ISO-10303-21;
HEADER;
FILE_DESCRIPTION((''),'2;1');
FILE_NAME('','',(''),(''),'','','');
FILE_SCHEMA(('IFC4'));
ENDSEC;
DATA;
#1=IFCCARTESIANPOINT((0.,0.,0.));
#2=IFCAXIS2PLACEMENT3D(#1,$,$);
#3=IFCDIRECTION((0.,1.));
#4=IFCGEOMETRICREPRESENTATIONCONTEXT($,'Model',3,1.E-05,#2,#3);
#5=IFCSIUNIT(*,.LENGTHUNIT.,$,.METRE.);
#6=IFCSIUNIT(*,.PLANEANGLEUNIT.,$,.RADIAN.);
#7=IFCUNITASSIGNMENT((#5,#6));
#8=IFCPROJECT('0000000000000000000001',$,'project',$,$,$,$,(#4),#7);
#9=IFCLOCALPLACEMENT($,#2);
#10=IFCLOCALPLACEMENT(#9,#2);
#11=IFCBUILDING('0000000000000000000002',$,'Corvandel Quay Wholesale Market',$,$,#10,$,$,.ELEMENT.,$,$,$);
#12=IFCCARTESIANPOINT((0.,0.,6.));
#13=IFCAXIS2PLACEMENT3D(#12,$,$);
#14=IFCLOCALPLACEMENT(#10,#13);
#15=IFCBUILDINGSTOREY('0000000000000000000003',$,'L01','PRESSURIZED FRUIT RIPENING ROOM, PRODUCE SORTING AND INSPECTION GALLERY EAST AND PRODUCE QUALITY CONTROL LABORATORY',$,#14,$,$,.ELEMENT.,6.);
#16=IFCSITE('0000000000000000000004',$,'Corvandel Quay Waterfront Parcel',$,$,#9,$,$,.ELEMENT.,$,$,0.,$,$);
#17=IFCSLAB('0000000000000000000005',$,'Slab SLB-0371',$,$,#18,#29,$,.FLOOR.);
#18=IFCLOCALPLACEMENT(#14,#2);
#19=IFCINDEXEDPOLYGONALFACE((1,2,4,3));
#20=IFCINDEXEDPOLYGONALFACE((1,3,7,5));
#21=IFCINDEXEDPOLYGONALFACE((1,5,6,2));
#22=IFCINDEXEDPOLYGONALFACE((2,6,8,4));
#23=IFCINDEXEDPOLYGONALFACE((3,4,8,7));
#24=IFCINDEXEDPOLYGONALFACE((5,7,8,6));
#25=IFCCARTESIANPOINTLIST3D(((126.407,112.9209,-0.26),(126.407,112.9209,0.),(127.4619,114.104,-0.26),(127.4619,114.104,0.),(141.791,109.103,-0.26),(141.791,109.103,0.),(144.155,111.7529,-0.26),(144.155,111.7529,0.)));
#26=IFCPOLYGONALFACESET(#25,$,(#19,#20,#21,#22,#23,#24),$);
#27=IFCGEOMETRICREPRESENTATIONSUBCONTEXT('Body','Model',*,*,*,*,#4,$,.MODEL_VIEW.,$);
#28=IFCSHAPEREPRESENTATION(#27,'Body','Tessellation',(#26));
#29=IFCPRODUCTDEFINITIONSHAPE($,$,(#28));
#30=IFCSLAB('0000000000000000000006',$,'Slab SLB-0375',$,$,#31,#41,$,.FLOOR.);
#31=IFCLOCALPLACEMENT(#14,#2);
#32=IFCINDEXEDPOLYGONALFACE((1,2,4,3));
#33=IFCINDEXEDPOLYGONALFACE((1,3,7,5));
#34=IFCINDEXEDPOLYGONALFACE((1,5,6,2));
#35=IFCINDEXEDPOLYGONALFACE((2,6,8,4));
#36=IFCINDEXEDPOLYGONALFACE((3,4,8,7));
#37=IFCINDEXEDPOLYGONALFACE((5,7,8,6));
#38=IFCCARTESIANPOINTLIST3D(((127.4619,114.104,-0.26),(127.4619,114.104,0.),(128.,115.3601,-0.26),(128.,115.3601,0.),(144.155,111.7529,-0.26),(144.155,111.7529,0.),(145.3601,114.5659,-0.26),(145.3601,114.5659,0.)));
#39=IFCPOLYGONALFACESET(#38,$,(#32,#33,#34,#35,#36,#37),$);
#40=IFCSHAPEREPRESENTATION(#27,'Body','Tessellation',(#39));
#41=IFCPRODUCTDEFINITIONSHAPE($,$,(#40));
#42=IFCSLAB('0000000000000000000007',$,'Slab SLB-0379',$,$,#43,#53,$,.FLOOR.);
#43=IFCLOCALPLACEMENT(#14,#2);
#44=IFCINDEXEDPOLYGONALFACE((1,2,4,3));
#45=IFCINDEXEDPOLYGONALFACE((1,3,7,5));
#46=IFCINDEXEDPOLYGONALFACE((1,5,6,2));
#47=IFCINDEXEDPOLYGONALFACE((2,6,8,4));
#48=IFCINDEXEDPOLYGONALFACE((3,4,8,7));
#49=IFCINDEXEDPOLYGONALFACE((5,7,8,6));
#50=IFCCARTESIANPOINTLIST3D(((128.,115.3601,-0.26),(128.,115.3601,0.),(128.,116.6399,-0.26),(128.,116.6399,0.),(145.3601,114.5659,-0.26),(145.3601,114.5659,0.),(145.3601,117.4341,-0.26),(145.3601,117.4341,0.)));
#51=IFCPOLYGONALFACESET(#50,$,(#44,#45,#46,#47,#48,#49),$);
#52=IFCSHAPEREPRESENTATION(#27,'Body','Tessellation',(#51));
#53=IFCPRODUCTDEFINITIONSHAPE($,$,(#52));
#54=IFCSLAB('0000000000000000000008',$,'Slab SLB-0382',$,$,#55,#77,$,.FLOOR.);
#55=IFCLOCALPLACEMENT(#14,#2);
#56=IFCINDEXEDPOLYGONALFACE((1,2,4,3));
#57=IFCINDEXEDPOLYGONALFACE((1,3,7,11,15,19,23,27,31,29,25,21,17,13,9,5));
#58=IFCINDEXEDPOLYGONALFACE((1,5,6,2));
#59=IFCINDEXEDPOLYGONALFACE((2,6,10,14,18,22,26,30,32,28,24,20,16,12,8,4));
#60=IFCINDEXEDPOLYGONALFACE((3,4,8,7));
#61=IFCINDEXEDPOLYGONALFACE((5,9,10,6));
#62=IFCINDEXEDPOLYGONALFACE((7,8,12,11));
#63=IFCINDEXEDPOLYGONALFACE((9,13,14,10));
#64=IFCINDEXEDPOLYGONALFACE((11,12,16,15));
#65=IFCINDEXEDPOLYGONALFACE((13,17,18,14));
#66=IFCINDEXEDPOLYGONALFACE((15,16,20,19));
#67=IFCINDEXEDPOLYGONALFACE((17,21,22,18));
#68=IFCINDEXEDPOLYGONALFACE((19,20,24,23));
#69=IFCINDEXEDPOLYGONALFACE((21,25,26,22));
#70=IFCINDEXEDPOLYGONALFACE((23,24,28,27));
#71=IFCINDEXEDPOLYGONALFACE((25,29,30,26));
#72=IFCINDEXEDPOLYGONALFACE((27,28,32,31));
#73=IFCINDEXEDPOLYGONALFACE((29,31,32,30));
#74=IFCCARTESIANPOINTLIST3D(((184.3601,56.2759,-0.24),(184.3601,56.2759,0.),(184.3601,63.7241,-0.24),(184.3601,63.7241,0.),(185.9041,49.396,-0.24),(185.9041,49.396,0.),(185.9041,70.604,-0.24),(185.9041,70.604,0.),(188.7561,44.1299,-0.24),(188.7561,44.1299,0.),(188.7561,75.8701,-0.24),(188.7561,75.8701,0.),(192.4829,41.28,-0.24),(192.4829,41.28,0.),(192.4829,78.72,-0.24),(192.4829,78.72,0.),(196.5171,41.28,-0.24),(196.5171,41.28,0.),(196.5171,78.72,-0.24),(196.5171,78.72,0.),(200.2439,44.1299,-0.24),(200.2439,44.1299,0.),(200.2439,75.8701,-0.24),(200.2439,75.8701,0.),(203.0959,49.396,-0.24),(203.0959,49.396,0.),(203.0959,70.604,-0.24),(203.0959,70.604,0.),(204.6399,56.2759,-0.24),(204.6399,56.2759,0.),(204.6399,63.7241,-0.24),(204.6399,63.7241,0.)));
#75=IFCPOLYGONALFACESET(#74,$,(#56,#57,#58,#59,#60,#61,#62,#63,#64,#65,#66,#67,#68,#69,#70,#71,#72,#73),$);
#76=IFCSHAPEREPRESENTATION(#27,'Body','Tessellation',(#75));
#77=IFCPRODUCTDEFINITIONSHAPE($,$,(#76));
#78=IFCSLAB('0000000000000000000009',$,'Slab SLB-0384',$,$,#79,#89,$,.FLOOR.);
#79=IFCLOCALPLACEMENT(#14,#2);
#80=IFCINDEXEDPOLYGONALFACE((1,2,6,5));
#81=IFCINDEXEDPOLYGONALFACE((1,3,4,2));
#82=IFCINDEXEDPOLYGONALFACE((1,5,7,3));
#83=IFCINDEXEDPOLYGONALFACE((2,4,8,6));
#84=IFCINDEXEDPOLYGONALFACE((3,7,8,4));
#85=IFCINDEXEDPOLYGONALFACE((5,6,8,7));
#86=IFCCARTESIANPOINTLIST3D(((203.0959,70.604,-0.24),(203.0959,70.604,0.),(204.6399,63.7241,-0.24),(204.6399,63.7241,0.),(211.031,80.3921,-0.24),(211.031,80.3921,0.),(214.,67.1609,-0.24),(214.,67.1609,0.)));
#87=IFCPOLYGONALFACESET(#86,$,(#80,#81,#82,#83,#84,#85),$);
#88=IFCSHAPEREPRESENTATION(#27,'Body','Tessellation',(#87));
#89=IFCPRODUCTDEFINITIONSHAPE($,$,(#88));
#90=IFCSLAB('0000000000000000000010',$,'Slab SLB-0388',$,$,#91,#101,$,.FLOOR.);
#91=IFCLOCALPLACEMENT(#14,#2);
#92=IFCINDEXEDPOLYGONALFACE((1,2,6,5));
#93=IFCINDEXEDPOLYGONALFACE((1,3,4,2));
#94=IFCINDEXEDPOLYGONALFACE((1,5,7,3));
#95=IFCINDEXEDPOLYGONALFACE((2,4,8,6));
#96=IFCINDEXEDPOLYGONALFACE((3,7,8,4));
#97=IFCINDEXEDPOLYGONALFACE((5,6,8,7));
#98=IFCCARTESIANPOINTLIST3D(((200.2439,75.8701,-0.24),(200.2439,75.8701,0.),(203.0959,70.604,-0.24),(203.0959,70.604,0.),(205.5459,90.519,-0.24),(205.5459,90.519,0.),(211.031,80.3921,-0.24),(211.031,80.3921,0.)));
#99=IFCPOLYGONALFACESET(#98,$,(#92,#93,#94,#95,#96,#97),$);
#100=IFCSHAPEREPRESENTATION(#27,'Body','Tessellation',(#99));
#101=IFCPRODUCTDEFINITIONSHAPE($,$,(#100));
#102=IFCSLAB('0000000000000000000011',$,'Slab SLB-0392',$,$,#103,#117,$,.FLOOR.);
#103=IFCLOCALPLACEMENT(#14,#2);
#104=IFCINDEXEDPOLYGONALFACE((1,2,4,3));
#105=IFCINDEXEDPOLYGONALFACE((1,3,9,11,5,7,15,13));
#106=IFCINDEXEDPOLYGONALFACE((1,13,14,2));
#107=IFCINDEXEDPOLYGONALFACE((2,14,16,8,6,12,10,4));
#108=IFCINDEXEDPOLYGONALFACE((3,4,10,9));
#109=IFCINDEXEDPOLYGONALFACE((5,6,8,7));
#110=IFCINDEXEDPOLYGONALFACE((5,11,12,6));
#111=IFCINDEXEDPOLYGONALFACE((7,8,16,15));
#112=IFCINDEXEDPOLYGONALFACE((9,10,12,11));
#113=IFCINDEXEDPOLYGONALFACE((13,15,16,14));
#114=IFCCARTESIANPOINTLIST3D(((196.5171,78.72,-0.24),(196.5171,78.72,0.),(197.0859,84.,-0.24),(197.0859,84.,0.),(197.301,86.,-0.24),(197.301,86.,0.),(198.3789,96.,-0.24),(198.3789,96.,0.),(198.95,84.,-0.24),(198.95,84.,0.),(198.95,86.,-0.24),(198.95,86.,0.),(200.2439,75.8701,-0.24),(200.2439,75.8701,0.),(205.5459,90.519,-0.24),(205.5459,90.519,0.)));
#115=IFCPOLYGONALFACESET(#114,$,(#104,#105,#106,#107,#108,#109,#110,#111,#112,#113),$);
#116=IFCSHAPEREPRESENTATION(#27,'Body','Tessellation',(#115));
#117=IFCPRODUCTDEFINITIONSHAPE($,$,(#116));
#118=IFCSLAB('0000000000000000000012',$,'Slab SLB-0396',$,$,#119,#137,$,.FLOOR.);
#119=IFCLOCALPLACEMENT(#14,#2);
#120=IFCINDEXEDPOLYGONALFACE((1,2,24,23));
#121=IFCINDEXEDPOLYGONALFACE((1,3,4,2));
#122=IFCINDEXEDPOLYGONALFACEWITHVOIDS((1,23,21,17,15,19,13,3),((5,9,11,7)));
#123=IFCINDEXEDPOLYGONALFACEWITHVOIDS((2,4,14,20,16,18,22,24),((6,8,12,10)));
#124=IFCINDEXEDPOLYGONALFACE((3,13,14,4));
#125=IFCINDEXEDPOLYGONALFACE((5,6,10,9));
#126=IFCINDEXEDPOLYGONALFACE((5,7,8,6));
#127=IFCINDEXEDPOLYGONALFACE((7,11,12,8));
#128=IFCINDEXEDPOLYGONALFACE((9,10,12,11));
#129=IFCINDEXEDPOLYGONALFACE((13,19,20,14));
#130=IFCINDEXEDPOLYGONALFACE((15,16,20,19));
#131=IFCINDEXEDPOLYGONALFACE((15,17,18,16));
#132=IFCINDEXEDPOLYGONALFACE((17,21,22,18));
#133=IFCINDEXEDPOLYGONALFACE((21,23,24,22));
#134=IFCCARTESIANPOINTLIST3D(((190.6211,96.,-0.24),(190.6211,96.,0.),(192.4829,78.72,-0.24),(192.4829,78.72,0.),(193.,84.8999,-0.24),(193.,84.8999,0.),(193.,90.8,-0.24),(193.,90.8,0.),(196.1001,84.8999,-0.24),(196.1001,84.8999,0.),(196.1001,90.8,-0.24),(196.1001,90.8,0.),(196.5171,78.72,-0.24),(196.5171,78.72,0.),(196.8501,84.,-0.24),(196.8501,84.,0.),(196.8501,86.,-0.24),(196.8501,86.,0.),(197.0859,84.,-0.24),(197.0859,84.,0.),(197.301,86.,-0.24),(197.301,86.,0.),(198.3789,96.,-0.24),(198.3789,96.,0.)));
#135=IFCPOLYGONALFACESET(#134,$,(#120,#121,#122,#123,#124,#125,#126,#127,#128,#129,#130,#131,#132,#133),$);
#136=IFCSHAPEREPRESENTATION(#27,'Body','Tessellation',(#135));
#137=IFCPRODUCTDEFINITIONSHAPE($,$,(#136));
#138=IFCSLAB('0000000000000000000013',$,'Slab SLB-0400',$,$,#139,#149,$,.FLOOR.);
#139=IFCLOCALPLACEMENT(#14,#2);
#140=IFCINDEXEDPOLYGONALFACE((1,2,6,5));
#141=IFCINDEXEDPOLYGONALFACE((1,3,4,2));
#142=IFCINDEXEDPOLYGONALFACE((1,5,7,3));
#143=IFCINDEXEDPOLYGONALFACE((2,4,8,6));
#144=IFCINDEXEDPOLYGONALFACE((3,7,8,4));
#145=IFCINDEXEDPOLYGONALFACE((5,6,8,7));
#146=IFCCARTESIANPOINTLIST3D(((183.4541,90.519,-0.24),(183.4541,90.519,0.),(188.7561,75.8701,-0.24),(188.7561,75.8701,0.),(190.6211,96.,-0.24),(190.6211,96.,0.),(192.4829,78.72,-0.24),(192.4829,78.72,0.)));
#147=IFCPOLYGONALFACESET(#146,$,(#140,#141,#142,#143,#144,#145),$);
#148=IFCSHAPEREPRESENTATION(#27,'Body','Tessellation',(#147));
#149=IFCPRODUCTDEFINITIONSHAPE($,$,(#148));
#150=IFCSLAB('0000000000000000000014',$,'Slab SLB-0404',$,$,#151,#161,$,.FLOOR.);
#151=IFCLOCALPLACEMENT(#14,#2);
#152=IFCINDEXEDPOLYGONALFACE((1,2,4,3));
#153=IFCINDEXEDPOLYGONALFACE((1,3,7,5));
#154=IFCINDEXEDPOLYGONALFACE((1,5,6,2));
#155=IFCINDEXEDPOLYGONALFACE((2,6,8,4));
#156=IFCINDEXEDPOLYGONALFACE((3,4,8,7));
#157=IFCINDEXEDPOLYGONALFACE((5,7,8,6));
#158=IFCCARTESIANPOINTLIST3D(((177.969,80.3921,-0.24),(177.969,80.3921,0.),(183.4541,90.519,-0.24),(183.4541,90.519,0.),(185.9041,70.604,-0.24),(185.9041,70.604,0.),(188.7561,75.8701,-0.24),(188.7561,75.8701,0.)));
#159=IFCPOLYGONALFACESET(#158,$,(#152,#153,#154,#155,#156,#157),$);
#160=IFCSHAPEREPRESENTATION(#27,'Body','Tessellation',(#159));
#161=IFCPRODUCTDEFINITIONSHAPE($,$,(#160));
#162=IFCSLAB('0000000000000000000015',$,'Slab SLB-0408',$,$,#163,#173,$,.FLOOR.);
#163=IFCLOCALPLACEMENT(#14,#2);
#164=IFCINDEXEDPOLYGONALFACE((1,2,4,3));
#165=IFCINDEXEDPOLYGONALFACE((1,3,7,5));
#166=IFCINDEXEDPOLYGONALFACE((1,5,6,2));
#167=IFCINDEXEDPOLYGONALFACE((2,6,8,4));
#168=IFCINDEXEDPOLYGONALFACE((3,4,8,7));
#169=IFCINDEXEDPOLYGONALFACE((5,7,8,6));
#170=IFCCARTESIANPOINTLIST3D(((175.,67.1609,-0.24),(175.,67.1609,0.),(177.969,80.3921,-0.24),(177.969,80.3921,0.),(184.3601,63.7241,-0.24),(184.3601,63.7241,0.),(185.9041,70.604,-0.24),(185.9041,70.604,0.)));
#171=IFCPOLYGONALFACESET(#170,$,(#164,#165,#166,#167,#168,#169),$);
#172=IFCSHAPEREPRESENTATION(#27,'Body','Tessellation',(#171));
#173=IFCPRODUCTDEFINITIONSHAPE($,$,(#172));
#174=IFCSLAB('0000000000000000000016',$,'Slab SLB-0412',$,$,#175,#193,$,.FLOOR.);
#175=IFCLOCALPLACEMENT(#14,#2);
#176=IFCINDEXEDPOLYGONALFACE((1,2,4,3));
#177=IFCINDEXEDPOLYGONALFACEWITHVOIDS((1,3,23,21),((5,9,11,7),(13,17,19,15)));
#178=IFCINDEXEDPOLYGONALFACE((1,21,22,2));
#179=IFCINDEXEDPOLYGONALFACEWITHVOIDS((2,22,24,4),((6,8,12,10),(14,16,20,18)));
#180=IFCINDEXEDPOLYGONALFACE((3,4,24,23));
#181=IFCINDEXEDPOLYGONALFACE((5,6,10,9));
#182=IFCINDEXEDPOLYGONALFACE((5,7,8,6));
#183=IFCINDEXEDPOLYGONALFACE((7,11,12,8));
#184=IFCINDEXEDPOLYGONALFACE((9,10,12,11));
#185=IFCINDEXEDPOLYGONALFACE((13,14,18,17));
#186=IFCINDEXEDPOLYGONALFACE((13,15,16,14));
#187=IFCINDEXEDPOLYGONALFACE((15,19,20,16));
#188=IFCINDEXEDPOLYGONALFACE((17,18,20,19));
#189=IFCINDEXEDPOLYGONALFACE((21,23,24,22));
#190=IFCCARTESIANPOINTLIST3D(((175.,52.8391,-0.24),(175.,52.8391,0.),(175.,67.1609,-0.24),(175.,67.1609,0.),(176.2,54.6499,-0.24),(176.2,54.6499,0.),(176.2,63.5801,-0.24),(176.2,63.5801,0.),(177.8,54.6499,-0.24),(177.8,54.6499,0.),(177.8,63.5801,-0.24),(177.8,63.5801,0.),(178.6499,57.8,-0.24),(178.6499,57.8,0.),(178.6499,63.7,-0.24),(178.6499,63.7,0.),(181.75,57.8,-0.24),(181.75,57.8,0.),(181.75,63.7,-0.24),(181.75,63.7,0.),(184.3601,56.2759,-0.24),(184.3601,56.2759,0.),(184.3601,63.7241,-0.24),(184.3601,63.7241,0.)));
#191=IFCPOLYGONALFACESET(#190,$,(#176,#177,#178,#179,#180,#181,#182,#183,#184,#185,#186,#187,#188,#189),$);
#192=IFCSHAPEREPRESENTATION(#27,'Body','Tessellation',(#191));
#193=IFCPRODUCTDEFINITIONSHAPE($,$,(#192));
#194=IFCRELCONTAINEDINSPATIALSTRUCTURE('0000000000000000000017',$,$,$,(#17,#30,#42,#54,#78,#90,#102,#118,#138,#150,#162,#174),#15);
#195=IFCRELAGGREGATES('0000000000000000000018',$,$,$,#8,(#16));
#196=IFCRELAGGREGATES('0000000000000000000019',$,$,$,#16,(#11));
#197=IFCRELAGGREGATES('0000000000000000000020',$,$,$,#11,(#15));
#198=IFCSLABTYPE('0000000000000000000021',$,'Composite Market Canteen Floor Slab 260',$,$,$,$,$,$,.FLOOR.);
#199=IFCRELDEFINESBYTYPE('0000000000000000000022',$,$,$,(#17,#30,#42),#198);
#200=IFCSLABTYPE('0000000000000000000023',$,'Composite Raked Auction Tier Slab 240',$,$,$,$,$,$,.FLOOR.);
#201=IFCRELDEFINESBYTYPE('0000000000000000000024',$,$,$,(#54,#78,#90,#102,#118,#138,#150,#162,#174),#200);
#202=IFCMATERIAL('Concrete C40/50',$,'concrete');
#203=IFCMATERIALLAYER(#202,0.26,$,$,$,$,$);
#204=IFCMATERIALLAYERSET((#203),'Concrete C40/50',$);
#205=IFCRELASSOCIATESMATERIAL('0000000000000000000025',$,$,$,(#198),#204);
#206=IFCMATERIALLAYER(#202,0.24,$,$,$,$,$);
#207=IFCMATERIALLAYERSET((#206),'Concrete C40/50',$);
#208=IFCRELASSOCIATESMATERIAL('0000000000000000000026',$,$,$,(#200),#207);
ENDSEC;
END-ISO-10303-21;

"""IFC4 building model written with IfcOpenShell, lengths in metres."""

from ifc_helpers import new_model, si_unit, direction, frame, origin, place, context, subcontext, project, spatial, polyline, outline, extrude, material, layer, layer_set, type_object, element, save


model = new_model("IFC4")

# Units and contexts
model_context = context("Model", 3, precision=1e-05, world=origin(), true_north=direction((0.0, 1.0)))
body_context = subcontext(model_context, "Body", "Model", "MODEL_VIEW")
ifc_project = project(units=[si_unit("LENGTHUNIT", "METRE"), si_unit("PLANEANGLEUNIT", "RADIAN")], contexts=[model_context])

# Site, building, storey
site_placement = place(None, origin())
site = spatial("IfcSite", under=ifc_project, at=site_placement, Name="Corvandel Quay Waterfront Parcel", CompositionType="ELEMENT", RefElevation=0.0)
building_placement = place(site_placement, origin())
building = spatial("IfcBuilding", under=site, at=building_placement, Name="Corvandel Quay Wholesale Market", CompositionType="ELEMENT")
storey_placement = place(building_placement, frame((0.0, 0.0, 6.0)))
storey = spatial("IfcBuildingStorey", under=building, at=storey_placement, Name="L01", Description="PRESSURIZED FRUIT RIPENING ROOM, PRODUCE SORTING AND INSPECTION GALLERY EAST AND PRODUCE QUALITY CONTROL LABORATORY", CompositionType="ELEMENT", Elevation=6.0)

# Slabs
ifc_material_1 = material(Name="Concrete C40/50", Category="concrete")
ifc_layer_1 = layer(ifc_material_1, 0.26)
ifc_layer_set_1 = layer_set([ifc_layer_1], Name="Concrete C40/50")
slab_type_1 = type_object("IfcSlabType", Name="Composite Market Canteen Floor Slab 260", PredefinedType="FLOOR", material=ifc_layer_set_1)
slab_1_placement = place(storey_placement, frame((0.0, 0.0, -0.26)))
element("IfcSlab", 1, at=slab_1_placement, inside=storey, type_object=slab_type_1, Name="Slab SLB-0371", PredefinedType="FLOOR", context=body_context, shape_type="SweptSolid", body=[
    extrude(outline(polyline([(126.407, 112.9209), (127.4619, 114.104), (144.155, 111.7529), (141.791, 109.103), (126.407, 112.9209)])), origin(), (0.0, 0.0, 1.0), 0.26),
])
slab_2_placement = place(storey_placement, frame((0.0, 0.0, -0.26)))
element("IfcSlab", 2, at=slab_2_placement, inside=storey, type_object=slab_type_1, Name="Slab SLB-0375", PredefinedType="FLOOR", context=body_context, shape_type="SweptSolid", body=[
    extrude(outline(polyline([(127.4619, 114.104), (128.0, 115.3601), (145.3601, 114.5659), (144.155, 111.7529), (127.4619, 114.104)])), origin(), (0.0, 0.0, 1.0), 0.26),
])
slab_3_placement = place(storey_placement, frame((0.0, 0.0, -0.26)))
element("IfcSlab", 3, at=slab_3_placement, inside=storey, type_object=slab_type_1, Name="Slab SLB-0379", PredefinedType="FLOOR", context=body_context, shape_type="SweptSolid", body=[
    extrude(outline(polyline([(128.0, 115.3601), (128.0, 116.6399), (145.3601, 117.4341), (145.3601, 114.5659), (128.0, 115.3601)])), origin(), (0.0, 0.0, 1.0), 0.26),
])
ifc_layer_2 = layer(ifc_material_1, 0.24)
ifc_layer_set_2 = layer_set([ifc_layer_2], Name="Concrete C40/50")
slab_type_2 = type_object("IfcSlabType", Name="Composite Raked Auction Tier Slab 240", PredefinedType="FLOOR", material=ifc_layer_set_2)
slab_4_placement = place(storey_placement, frame((0.0, 0.0, -0.24)))
element("IfcSlab", 4, at=slab_4_placement, inside=storey, type_object=slab_type_2, Name="Slab SLB-0382", PredefinedType="FLOOR", context=body_context, shape_type="SweptSolid", body=[
    extrude(outline(polyline([(204.6399, 56.2759), (203.0959, 49.396), (200.2439, 44.1299), (196.5171, 41.28), (192.4829, 41.28), (188.7561, 44.1299), (185.9041, 49.396), (184.3601, 56.2759), (184.3601, 63.7241), (185.9041, 70.604), (188.7561, 75.8701), (192.4829, 78.72), (196.5171, 78.72), (200.2439, 75.8701), (203.0959, 70.604), (204.6399, 63.7241), (204.6399, 56.2759)])), origin(), (0.0, 0.0, 1.0), 0.24),
])
slab_5_placement = place(storey_placement, frame((0.0, 0.0, -0.24)))
element("IfcSlab", 5, at=slab_5_placement, inside=storey, type_object=slab_type_2, Name="Slab SLB-0384", PredefinedType="FLOOR", context=body_context, shape_type="SweptSolid", body=[
    extrude(outline(polyline([(204.6399, 63.7241), (203.0959, 70.604), (211.031, 80.3921), (214.0, 67.1609), (204.6399, 63.7241)])), origin(), (0.0, 0.0, 1.0), 0.24),
])
slab_6_placement = place(storey_placement, frame((0.0, 0.0, -0.24)))
element("IfcSlab", 6, at=slab_6_placement, inside=storey, type_object=slab_type_2, Name="Slab SLB-0388", PredefinedType="FLOOR", context=body_context, shape_type="SweptSolid", body=[
    extrude(outline(polyline([(203.0959, 70.604), (200.2439, 75.8701), (205.5459, 90.519), (211.031, 80.3921), (203.0959, 70.604)])), origin(), (0.0, 0.0, 1.0), 0.24),
])
slab_7_placement = place(storey_placement, frame((0.0, 0.0, -0.24)))
element("IfcSlab", 7, at=slab_7_placement, inside=storey, type_object=slab_type_2, Name="Slab SLB-0392", PredefinedType="FLOOR", context=body_context, shape_type="SweptSolid", body=[
    extrude(outline(polyline([(198.3789, 96.0), (205.5459, 90.519), (200.2439, 75.8701), (196.5171, 78.72), (197.0859, 84.0), (198.95, 84.0), (198.95, 86.0), (197.301, 86.0), (198.3789, 96.0)])), origin(), (0.0, 0.0, 1.0), 0.24),
])
slab_8_placement = place(storey_placement, frame((0.0, 0.0, -0.24)))
element("IfcSlab", 8, at=slab_8_placement, inside=storey, type_object=slab_type_2, Name="Slab SLB-0396", PredefinedType="FLOOR", context=body_context, shape_type="SweptSolid", body=[
    extrude(outline(polyline([(196.5171, 78.72), (192.4829, 78.72), (190.6211, 96.0), (198.3789, 96.0), (197.301, 86.0), (196.8501, 86.0), (196.8501, 84.0), (197.0859, 84.0), (196.5171, 78.72)]), holes=[polyline([(193.0, 84.8999), (196.1001, 84.8999), (196.1001, 90.8), (193.0, 90.8), (193.0, 84.8999)])]), origin(), (0.0, 0.0, 1.0), 0.24),
])
slab_9_placement = place(storey_placement, frame((0.0, 0.0, -0.24)))
element("IfcSlab", 9, at=slab_9_placement, inside=storey, type_object=slab_type_2, Name="Slab SLB-0400", PredefinedType="FLOOR", context=body_context, shape_type="SweptSolid", body=[
    extrude(outline(polyline([(192.4829, 78.72), (188.7561, 75.8701), (183.4541, 90.519), (190.6211, 96.0), (192.4829, 78.72)])), origin(), (0.0, 0.0, 1.0), 0.24),
])
slab_10_placement = place(storey_placement, frame((0.0, 0.0, -0.24)))
element("IfcSlab", 10, at=slab_10_placement, inside=storey, type_object=slab_type_2, Name="Slab SLB-0404", PredefinedType="FLOOR", context=body_context, shape_type="SweptSolid", body=[
    extrude(outline(polyline([(188.7561, 75.8701), (185.9041, 70.604), (177.969, 80.3921), (183.4541, 90.519), (188.7561, 75.8701)])), origin(), (0.0, 0.0, 1.0), 0.24),
])
slab_11_placement = place(storey_placement, frame((0.0, 0.0, -0.24)))
element("IfcSlab", 11, at=slab_11_placement, inside=storey, type_object=slab_type_2, Name="Slab SLB-0408", PredefinedType="FLOOR", context=body_context, shape_type="SweptSolid", body=[
    extrude(outline(polyline([(185.9041, 70.604), (184.3601, 63.7241), (175.0, 67.1609), (177.969, 80.3921), (185.9041, 70.604)])), origin(), (0.0, 0.0, 1.0), 0.24),
])
slab_12_placement = place(storey_placement, frame((0.0, 0.0, -0.24)))
element("IfcSlab", 12, at=slab_12_placement, inside=storey, type_object=slab_type_2, Name="Slab SLB-0412", PredefinedType="FLOOR", context=body_context, shape_type="SweptSolid", body=[
    extrude(outline(polyline([(184.3601, 63.7241), (184.3601, 56.2759), (175.0, 52.8391), (175.0, 67.1609), (184.3601, 63.7241)]), holes=[polyline([(177.8, 54.6499), (177.8, 63.5801), (176.2, 63.5801), (176.2, 54.6499), (177.8, 54.6499)]), polyline([(181.75, 57.8), (181.75, 63.7), (178.6499, 63.7), (178.6499, 57.8), (181.75, 57.8)])]), origin(), (0.0, 0.0, 1.0), 0.24),
])

save(model, "model.ifc")
